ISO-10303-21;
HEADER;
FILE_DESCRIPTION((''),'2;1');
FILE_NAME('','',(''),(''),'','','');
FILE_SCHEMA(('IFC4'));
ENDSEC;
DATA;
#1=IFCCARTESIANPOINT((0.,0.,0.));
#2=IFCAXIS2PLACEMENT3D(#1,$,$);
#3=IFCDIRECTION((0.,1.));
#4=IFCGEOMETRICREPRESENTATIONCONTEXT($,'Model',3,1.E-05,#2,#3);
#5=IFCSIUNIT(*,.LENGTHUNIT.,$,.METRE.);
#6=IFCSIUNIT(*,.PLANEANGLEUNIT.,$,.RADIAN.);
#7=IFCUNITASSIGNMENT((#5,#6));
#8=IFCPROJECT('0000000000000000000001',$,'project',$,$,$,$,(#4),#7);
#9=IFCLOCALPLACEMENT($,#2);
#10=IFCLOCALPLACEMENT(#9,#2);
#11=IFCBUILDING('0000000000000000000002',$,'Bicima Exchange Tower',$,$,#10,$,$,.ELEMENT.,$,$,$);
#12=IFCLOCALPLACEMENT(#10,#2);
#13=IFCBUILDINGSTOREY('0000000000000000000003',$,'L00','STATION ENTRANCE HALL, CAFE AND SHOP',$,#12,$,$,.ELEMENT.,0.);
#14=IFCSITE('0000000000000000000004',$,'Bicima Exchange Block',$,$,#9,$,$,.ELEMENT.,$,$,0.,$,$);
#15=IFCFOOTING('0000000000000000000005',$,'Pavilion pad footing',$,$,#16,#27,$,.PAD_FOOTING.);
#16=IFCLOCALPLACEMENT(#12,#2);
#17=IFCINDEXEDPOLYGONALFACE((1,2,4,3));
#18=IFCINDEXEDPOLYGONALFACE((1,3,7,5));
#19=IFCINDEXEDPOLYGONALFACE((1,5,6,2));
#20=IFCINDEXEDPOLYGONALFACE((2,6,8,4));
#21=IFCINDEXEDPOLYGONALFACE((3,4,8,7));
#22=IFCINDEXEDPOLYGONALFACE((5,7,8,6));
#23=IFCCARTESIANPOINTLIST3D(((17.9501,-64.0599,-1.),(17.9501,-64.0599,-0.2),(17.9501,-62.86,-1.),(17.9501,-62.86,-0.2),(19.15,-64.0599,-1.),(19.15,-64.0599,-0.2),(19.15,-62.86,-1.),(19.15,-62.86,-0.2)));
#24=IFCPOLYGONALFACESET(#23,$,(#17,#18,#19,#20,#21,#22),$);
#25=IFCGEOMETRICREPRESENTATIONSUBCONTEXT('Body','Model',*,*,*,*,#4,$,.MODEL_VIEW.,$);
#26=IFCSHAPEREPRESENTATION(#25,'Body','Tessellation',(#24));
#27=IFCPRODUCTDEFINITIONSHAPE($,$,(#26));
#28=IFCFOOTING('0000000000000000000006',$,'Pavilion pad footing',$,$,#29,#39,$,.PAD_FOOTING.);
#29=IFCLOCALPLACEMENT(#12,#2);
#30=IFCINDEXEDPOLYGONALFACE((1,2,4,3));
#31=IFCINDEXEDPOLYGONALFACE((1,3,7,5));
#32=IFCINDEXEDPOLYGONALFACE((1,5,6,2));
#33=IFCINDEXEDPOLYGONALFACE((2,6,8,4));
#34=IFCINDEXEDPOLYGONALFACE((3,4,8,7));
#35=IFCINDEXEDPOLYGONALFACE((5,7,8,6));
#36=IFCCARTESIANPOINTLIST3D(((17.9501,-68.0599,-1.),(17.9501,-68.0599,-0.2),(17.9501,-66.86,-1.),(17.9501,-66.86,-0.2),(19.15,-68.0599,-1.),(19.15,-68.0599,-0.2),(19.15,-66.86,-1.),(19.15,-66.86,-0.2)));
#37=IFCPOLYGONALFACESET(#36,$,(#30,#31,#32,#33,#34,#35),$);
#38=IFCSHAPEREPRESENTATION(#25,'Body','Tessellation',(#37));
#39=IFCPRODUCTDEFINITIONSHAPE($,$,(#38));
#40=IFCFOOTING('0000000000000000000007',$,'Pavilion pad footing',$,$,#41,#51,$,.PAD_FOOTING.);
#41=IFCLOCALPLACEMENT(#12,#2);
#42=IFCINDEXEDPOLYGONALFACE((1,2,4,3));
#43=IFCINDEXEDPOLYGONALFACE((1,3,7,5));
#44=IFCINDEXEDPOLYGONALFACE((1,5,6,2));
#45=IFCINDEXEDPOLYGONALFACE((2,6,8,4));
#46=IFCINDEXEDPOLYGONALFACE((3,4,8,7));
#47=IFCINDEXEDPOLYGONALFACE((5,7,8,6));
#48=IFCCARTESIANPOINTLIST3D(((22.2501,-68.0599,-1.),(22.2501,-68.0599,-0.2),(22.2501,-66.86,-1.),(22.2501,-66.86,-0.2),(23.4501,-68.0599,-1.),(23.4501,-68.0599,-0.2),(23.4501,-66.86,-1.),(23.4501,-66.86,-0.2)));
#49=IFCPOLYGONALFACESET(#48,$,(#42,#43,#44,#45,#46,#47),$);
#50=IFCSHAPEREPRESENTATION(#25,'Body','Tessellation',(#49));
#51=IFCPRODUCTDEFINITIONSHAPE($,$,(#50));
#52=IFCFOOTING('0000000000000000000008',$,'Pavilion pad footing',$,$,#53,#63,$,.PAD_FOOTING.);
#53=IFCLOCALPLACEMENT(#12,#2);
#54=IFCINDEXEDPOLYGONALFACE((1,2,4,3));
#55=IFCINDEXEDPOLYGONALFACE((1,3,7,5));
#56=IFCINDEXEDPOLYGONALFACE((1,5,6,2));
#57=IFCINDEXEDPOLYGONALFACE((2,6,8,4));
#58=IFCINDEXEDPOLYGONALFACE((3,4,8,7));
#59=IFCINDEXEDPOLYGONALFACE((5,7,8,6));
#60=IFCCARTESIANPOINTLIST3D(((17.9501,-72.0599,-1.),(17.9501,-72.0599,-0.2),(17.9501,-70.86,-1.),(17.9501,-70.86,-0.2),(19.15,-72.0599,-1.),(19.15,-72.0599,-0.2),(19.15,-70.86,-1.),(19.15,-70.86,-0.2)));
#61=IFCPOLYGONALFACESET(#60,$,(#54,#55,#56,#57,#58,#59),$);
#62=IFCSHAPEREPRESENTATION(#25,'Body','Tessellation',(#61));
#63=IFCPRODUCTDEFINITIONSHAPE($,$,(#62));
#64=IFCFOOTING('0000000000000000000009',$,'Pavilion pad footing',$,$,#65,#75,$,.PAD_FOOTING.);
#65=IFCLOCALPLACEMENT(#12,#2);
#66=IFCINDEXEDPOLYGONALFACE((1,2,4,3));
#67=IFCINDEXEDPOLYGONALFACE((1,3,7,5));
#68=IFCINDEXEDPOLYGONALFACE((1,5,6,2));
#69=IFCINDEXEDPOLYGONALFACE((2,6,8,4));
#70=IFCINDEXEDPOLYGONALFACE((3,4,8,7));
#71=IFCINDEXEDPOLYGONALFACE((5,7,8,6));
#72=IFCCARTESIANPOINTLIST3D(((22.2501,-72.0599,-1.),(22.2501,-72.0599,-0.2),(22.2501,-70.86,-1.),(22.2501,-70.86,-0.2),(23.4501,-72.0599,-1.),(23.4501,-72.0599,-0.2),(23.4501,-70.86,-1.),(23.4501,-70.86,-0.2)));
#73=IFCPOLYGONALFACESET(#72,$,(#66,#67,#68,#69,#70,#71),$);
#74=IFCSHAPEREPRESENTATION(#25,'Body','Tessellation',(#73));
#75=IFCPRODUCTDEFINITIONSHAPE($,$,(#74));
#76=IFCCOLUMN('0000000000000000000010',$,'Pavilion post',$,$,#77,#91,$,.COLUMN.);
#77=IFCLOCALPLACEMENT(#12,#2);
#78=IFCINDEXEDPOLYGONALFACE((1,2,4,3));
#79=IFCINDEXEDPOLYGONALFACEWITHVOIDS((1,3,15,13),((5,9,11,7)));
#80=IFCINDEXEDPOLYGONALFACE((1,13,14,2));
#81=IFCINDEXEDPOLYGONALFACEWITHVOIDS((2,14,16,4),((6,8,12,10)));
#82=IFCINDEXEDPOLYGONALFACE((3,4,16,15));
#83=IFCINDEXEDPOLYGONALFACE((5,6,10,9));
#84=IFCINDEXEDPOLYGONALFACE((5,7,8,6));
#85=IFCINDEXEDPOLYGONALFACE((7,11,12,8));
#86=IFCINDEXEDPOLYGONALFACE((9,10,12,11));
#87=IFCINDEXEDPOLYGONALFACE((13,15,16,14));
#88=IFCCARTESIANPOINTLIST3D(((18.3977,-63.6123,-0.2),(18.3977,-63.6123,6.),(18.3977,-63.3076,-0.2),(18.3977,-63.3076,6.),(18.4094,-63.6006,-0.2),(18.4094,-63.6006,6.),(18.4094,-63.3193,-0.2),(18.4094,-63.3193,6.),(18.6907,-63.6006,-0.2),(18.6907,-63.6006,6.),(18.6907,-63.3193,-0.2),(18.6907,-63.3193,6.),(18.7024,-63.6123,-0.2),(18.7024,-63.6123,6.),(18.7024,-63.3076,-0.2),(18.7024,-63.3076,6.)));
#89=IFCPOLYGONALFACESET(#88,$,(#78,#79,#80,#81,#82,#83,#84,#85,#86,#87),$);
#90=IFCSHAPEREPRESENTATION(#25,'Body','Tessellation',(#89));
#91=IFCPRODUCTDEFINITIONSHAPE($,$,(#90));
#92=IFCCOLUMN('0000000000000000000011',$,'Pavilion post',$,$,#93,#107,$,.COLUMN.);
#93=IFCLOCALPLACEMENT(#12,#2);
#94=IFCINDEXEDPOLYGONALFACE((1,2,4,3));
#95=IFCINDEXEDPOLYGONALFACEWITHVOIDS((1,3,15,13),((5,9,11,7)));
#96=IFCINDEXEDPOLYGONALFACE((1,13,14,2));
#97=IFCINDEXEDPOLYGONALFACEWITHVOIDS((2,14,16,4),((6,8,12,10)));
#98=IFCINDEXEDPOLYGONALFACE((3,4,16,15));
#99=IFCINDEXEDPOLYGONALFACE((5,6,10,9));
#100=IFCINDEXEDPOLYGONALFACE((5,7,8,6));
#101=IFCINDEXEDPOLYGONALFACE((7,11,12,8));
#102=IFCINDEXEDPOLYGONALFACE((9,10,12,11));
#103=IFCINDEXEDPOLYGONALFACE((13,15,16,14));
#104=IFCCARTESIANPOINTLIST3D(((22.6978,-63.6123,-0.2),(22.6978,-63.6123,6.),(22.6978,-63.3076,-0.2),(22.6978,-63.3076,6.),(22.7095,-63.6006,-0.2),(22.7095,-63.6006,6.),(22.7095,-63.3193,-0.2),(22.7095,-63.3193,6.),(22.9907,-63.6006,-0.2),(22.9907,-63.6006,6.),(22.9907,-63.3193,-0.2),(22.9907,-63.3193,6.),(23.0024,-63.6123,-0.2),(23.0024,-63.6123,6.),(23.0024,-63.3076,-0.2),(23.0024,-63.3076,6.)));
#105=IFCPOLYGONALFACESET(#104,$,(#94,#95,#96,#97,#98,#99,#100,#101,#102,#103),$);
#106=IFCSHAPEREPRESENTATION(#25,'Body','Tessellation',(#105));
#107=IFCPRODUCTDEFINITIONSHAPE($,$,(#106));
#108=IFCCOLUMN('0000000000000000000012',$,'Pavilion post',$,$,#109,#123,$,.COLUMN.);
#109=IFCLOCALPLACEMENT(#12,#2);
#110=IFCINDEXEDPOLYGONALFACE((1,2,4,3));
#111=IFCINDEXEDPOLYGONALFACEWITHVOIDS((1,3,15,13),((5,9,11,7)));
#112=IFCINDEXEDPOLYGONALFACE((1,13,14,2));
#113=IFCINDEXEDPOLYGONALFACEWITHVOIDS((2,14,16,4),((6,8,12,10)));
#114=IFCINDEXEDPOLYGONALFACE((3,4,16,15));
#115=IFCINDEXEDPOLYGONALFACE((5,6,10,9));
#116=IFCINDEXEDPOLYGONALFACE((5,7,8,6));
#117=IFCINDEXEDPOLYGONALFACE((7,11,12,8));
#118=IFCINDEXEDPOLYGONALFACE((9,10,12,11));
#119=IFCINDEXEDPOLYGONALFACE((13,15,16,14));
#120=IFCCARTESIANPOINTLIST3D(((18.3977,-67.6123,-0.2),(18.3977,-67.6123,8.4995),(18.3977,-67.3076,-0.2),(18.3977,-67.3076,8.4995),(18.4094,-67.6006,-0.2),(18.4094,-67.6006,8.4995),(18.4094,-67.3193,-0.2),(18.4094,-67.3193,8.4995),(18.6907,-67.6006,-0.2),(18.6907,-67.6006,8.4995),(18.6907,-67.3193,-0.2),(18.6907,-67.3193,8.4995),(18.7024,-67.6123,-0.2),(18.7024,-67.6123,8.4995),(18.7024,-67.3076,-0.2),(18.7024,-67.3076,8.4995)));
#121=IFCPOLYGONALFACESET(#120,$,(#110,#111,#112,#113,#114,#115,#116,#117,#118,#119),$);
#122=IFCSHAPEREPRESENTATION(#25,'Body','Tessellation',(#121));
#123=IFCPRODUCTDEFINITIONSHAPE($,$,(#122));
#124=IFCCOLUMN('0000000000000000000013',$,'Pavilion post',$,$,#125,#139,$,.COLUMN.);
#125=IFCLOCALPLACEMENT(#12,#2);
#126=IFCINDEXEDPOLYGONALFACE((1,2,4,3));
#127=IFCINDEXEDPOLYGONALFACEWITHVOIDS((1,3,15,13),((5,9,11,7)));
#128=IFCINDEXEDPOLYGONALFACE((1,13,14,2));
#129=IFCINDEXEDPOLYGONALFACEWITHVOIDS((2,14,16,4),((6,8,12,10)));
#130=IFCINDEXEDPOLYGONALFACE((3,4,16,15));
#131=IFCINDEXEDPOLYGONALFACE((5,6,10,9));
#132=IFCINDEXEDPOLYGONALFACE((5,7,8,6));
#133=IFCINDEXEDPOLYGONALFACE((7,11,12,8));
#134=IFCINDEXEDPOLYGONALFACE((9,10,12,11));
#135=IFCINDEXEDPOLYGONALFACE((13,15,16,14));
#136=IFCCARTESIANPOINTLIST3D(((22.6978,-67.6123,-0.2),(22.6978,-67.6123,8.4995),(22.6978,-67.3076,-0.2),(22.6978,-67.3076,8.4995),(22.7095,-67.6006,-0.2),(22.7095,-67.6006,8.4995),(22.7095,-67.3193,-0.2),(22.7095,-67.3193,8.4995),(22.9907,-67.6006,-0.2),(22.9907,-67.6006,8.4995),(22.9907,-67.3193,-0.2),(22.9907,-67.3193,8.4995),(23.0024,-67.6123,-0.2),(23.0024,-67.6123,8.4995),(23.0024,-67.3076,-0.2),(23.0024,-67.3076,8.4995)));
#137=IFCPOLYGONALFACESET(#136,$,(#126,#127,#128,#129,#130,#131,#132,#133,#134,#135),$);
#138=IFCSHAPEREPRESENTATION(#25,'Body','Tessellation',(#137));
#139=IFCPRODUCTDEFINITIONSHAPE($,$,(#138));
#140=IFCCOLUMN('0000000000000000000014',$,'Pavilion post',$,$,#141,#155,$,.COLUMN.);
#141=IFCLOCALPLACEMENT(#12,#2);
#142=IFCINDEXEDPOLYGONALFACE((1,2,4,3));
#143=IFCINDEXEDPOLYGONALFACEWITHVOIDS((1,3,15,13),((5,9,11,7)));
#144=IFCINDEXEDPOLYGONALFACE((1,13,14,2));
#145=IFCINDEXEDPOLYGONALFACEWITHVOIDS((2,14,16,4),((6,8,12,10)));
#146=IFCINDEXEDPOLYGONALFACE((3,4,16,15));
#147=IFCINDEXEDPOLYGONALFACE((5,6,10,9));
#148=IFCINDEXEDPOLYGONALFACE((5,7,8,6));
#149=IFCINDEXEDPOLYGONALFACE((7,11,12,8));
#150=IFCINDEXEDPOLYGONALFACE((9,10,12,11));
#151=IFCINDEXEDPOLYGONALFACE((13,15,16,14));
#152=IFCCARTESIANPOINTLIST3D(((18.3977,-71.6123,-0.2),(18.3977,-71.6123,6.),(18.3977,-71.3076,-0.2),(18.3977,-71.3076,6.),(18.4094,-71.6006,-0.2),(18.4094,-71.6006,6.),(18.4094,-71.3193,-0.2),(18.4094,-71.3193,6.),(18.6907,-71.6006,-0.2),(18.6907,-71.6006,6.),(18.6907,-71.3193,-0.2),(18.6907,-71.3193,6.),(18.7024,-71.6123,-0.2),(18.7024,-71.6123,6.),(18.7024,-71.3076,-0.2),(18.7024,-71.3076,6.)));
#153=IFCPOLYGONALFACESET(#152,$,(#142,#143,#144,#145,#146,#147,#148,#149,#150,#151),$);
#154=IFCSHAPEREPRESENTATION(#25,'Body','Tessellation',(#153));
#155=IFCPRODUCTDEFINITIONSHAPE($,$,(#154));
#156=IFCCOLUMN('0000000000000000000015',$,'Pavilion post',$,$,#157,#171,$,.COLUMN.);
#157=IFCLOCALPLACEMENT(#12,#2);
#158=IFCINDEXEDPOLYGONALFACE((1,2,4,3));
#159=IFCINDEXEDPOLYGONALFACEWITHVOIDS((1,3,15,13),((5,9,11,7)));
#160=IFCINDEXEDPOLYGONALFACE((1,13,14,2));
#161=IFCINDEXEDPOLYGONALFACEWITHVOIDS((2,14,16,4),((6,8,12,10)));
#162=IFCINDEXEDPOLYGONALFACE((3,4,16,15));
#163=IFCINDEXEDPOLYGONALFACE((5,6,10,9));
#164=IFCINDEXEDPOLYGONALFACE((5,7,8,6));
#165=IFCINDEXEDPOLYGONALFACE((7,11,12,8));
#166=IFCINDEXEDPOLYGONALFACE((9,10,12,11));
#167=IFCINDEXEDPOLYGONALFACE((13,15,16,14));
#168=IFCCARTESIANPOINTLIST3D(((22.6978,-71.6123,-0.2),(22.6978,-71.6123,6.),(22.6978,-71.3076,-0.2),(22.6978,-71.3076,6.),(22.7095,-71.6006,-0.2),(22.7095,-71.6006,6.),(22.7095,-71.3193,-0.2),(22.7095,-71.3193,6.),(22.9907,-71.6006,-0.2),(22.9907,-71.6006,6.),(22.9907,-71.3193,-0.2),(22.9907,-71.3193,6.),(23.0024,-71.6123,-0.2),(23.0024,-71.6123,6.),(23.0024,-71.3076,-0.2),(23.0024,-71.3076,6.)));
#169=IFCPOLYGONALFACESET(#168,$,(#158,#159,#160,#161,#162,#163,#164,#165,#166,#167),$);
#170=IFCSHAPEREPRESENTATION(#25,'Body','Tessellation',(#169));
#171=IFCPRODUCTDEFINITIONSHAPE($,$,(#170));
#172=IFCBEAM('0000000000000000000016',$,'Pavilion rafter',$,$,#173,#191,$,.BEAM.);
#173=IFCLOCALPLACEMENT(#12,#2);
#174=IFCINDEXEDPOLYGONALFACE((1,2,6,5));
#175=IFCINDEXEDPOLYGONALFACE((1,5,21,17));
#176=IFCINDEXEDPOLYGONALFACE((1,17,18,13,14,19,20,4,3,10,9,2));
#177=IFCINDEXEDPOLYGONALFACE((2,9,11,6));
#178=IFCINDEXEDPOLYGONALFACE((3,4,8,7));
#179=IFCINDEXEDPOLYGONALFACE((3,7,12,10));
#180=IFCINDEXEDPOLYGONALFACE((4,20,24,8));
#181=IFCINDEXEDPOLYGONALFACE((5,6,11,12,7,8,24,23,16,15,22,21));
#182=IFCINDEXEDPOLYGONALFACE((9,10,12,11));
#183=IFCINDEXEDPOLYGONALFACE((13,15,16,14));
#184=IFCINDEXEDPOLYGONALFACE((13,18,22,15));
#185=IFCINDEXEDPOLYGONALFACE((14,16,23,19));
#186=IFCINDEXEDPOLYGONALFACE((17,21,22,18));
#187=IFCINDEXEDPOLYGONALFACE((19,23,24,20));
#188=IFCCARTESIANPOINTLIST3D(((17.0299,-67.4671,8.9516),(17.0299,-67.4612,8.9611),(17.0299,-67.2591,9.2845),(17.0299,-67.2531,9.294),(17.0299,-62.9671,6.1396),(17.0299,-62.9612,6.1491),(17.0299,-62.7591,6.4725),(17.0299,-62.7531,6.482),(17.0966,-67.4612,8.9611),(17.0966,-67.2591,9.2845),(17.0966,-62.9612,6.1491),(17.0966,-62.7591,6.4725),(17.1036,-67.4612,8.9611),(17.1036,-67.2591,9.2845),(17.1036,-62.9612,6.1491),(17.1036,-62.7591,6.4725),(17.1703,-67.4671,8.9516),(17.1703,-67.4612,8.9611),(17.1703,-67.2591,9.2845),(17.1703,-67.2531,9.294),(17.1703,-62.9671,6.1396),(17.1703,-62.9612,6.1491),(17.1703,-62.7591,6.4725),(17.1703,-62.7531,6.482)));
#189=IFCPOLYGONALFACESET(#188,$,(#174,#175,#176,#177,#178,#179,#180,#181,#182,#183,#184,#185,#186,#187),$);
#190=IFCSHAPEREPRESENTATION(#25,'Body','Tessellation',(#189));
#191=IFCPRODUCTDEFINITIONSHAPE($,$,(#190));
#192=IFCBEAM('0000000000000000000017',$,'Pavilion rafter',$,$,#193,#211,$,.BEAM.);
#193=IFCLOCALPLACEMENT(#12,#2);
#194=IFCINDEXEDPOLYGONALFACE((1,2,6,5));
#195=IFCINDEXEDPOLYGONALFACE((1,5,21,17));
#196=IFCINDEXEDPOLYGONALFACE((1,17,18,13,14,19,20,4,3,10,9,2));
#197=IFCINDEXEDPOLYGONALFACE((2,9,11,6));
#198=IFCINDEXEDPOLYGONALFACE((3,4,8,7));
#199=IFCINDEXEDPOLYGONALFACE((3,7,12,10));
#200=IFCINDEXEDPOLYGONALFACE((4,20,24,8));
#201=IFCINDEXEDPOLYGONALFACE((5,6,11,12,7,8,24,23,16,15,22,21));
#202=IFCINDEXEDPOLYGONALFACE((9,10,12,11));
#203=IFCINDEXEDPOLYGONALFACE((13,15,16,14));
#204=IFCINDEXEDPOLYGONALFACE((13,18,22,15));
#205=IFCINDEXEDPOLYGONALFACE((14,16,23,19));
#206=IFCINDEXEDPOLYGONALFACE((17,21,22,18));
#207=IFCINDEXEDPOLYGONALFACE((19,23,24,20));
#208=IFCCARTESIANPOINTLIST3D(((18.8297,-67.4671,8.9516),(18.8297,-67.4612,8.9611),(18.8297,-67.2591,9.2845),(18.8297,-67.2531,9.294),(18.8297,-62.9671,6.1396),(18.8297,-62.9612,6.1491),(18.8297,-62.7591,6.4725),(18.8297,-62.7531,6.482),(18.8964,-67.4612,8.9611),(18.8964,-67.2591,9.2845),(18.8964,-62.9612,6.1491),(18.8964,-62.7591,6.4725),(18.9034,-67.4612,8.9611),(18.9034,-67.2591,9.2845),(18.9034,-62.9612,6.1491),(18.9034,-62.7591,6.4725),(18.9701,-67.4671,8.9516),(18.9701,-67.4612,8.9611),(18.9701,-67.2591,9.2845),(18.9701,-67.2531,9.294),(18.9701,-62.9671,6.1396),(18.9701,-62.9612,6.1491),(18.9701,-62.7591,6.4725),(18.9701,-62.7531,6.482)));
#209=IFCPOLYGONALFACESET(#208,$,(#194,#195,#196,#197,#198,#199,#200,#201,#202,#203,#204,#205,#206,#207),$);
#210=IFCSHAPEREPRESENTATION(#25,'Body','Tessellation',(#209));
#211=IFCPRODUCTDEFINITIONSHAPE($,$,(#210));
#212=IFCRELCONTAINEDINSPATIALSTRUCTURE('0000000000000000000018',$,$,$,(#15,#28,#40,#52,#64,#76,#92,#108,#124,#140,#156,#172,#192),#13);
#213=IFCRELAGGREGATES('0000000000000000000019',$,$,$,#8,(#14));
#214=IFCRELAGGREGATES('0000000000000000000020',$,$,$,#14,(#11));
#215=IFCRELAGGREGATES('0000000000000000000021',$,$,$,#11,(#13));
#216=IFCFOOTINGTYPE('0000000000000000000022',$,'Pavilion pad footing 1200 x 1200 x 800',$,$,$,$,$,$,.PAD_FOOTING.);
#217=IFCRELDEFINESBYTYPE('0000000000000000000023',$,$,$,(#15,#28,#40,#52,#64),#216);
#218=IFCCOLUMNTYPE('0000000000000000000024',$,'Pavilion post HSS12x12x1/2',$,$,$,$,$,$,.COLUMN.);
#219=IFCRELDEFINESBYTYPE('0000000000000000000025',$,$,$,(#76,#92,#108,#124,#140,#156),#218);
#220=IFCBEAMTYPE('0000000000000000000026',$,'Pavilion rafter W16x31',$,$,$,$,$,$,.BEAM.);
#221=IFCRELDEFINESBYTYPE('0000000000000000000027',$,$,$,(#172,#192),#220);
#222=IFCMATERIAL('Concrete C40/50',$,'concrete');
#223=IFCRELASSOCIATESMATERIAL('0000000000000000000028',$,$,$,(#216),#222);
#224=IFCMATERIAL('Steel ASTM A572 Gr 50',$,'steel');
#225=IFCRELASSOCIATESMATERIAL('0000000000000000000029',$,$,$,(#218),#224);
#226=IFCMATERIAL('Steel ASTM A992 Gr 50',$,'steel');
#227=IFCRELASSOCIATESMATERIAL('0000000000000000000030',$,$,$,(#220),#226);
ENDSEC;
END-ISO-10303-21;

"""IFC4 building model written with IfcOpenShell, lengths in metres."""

from ifc_helpers import new_model, si_unit, direction, frame, origin, origin_2d, place, context, subcontext, project, spatial, rectangle, hollow_rectangle, i_section, extrude, material, material_profile, profile_set, type_object, element, save


model = new_model("IFC4")

# Units and contexts
model_context = context("Model", 3, precision=1e-05, world=origin(), true_north=direction((0.0, 1.0)))
body_context = subcontext(model_context, "Body", "Model", "MODEL_VIEW")
ifc_project = project(units=[si_unit("LENGTHUNIT", "METRE"), si_unit("PLANEANGLEUNIT", "RADIAN")], contexts=[model_context])

# Site, building, storey
site_placement = place(None, origin())
site = spatial("IfcSite", under=ifc_project, at=site_placement, Name="Bicima Exchange Block", CompositionType="ELEMENT", RefElevation=0.0)
building_placement = place(site_placement, origin())
building = spatial("IfcBuilding", under=site, at=building_placement, Name="Bicima Exchange Tower", CompositionType="ELEMENT")
storey_placement = place(building_placement, origin())
storey = spatial("IfcBuildingStorey", under=building, at=storey_placement, Name="L00", Description="STATION ENTRANCE HALL, CAFE AND SHOP", CompositionType="ELEMENT", Elevation=0.0)

# Footings
ifc_material_1 = material(Name="Concrete C40/50", Category="concrete")
footing_type = type_object("IfcFootingType", Name="Pavilion pad footing 1200 x 1200 x 800", PredefinedType="PAD_FOOTING", material=ifc_material_1)
for number, where, z_axis, x_axis, name in (
    (1, (18.55, -63.46, -1.0), (0.0, 0.0, 1.0), (1.0, 0.0, 0.0), "Pavilion pad footing"),
    (2, (18.55, -67.46, -1.0), (0.0, 0.0, 1.0), (1.0, 0.0, 0.0), "Pavilion pad footing"),
    (3, (22.8501, -67.46, -1.0), (0.0, 0.0, 1.0), (1.0, 0.0, 0.0), "Pavilion pad footing"),
    (4, (18.55, -71.46, -1.0), (0.0, 0.0, 1.0), (1.0, 0.0, 0.0), "Pavilion pad footing"),
    (5, (22.8501, -71.46, -1.0), (0.0, 0.0, 1.0), (1.0, 0.0, 0.0), "Pavilion pad footing"),
):
    element("IfcFooting", number, at=place(storey_placement, frame(where, z_axis=z_axis, x_axis=x_axis)), inside=storey, type_object=footing_type, Name=name, PredefinedType="PAD_FOOTING", context=body_context, shape_type="SweptSolid", body=[
        extrude(rectangle(XDim=1.2, YDim=1.2, at=origin_2d()), origin(), (0.0, 0.0, 1.0), 0.8),
    ])

# Columns
ifc_material_2 = material(Name="Steel ASTM A572 Gr 50", Category="steel")
ifc_material_profile_1 = material_profile(ifc_material_2, hollow_rectangle(XDim=0.3047, YDim=0.3047, WallThickness=0.0117, at=origin_2d()))
ifc_profile_set_1 = profile_set([ifc_material_profile_1], Name="Steel ASTM A572 Gr 50")
column_type = type_object("IfcColumnType", Name="Pavilion post HSS12x12x1/2", PredefinedType="COLUMN", material=ifc_profile_set_1)
for number, where, z_axis, x_axis, name in (
    (6, (18.55, -63.46, -0.2), (0.0, 0.0, 1.0), (1.0, 0.0, 0.0), "Pavilion post"),
    (7, (22.8501, -63.46, -0.2), (0.0, 0.0, 1.0), (1.0, 0.0, 0.0), "Pavilion post"),
):
    element("IfcColumn", number, at=place(storey_placement, frame(where, z_axis=z_axis, x_axis=x_axis)), inside=storey, type_object=column_type, Name=name, PredefinedType="COLUMN", context=body_context, shape_type="SweptSolid", body=[
        extrude(hollow_rectangle(XDim=0.3047, YDim=0.3047, WallThickness=0.0117, at=origin_2d()), origin(), (0.0, 0.0, 1.0), 6.2),
    ])
for number, where, z_axis, x_axis, name in (
    (8, (18.55, -67.46, -0.2), (0.0, 0.0, 1.0), (1.0, 0.0, 0.0), "Pavilion post"),
    (9, (22.8501, -67.46, -0.2), (0.0, 0.0, 1.0), (1.0, 0.0, 0.0), "Pavilion post"),
):
    element("IfcColumn", number, at=place(storey_placement, frame(where, z_axis=z_axis, x_axis=x_axis)), inside=storey, type_object=column_type, Name=name, PredefinedType="COLUMN", context=body_context, shape_type="SweptSolid", body=[
        extrude(hollow_rectangle(XDim=0.3047, YDim=0.3047, WallThickness=0.0117, at=origin_2d()), origin(), (0.0, 0.0, 1.0), 8.6995),
    ])
for number, where, z_axis, x_axis, name in (
    (10, (18.55, -71.46, -0.2), (0.0, 0.0, 1.0), (1.0, 0.0, 0.0), "Pavilion post"),
    (11, (22.8501, -71.46, -0.2), (0.0, 0.0, 1.0), (1.0, 0.0, 0.0), "Pavilion post"),
):
    element("IfcColumn", number, at=place(storey_placement, frame(where, z_axis=z_axis, x_axis=x_axis)), inside=storey, type_object=column_type, Name=name, PredefinedType="COLUMN", context=body_context, shape_type="SweptSolid", body=[
        extrude(hollow_rectangle(XDim=0.3047, YDim=0.3047, WallThickness=0.0117, at=origin_2d()), origin(), (0.0, 0.0, 1.0), 6.2),
    ])

# Beams
ifc_material_3 = material(Name="Steel ASTM A992 Gr 50", Category="steel")
ifc_material_profile_2 = material_profile(ifc_material_3, i_section(OverallWidth=0.1404, OverallDepth=0.4038, WebThickness=0.0071, FlangeThickness=0.0112, at=origin_2d()))
ifc_profile_set_2 = profile_set([ifc_material_profile_2], Name="Steel ASTM A992 Gr 50")
beam_type_1 = type_object("IfcBeamType", Name="Pavilion rafter W16x31", PredefinedType="BEAM", material=ifc_profile_set_2)
for number, where, z_axis, x_axis, name in (
    (12, (17.1001, -62.8601, 6.3108), (0.0, -0.84804, 0.529933), (1.0, 0.0, 0.0), "Pavilion rafter"),
    (13, (18.8999, -62.8601, 6.3108), (0.0, -0.84804, 0.529933), (1.0, 0.0, 0.0), "Pavilion rafter"),
):
    element("IfcBeam", number, at=place(storey_placement, frame(where, z_axis=z_axis, x_axis=x_axis)), inside=storey, type_object=beam_type_1, Name=name, PredefinedType="BEAM", context=body_context, shape_type="SweptSolid", body=[
        extrude(i_section(OverallWidth=0.1404, OverallDepth=0.4038, WebThickness=0.0071, FlangeThickness=0.0112, at=origin_2d()), origin(), (0.0, 0.0, 1.0), 5.3064),
    ])

save(model, "model.ifc")
